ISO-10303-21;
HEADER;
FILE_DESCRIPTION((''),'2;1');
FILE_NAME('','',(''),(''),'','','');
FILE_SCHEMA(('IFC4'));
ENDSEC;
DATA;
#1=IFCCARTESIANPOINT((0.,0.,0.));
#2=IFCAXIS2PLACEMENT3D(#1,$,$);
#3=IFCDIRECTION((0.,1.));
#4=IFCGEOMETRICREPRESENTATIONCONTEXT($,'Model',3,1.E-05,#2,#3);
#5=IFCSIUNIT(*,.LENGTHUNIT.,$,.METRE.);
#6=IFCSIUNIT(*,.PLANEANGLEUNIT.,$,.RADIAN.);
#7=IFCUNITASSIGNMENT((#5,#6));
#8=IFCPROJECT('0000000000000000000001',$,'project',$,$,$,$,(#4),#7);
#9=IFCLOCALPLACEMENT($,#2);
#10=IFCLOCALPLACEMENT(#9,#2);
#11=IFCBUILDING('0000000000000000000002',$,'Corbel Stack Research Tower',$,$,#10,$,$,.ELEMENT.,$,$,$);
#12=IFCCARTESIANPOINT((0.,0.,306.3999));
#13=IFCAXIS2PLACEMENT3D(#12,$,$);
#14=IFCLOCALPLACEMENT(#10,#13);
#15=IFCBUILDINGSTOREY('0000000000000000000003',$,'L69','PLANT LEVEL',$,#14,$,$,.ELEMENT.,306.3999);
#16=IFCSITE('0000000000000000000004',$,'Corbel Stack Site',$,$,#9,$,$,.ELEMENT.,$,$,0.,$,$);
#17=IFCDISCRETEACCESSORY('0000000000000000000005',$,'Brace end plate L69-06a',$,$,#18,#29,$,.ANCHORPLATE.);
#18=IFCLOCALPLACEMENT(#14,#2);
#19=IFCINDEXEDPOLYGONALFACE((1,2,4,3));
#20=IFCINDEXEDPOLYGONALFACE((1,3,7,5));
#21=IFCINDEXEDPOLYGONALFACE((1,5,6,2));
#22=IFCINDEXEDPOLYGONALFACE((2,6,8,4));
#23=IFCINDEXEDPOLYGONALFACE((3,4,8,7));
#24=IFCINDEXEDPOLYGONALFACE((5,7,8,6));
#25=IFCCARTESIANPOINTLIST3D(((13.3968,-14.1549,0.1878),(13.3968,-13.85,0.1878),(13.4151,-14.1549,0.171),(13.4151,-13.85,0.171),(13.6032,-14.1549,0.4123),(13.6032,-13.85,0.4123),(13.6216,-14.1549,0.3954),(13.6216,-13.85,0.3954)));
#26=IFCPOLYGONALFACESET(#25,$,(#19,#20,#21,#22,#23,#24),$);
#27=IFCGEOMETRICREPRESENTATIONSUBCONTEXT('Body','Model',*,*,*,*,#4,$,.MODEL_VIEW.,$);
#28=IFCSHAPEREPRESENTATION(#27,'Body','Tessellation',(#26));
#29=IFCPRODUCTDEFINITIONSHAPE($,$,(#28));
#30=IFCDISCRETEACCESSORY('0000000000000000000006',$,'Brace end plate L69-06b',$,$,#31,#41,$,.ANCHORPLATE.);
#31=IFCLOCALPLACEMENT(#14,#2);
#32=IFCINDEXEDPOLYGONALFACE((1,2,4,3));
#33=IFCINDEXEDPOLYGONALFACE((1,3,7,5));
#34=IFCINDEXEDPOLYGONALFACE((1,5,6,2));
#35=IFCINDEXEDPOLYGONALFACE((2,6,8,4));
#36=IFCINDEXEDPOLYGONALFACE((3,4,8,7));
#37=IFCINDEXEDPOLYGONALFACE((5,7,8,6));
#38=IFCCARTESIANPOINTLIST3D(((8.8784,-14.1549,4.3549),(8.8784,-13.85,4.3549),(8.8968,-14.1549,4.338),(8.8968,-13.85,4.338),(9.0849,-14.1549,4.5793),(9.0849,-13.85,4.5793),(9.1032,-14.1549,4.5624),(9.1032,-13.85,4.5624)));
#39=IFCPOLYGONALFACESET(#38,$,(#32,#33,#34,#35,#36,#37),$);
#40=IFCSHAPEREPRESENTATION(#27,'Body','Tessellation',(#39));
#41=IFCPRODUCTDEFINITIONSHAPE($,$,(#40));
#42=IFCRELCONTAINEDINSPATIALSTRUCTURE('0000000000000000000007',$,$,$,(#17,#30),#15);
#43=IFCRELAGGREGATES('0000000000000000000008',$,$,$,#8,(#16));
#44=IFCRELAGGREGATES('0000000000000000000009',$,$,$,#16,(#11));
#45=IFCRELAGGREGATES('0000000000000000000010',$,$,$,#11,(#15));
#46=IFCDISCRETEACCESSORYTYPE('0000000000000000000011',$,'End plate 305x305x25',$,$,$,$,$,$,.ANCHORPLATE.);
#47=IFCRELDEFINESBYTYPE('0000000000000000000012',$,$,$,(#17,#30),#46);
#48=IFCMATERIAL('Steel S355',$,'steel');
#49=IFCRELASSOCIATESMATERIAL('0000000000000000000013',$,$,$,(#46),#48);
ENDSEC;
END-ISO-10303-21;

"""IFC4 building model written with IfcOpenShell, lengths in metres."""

from ifc_helpers import new_model, si_unit, direction, frame, origin, origin_2d, place, context, subcontext, project, spatial, rectangle, extrude, material, material_profile, profile_set, type_object, element, save


model = new_model("IFC4")

# Units and contexts
model_context = context("Model", 3, precision=1e-05, world=origin(), true_north=direction((0.0, 1.0)))
body_context = subcontext(model_context, "Body", "Model", "MODEL_VIEW")
ifc_project = project(units=[si_unit("LENGTHUNIT", "METRE"), si_unit("PLANEANGLEUNIT", "RADIAN")], contexts=[model_context])

# Site, building, storey
site_placement = place(None, origin())
site = spatial("IfcSite", under=ifc_project, at=site_placement, Name="Corbel Stack Site", CompositionType="ELEMENT", RefElevation=0.0)
building_placement = place(site_placement, origin())
building = spatial("IfcBuilding", under=site, at=building_placement, Name="Corbel Stack Research Tower", CompositionType="ELEMENT")
storey_placement = place(building_placement, frame((0.0, 0.0, 306.3999)))
storey = spatial("IfcBuildingStorey", under=building, at=storey_placement, Name="L69", Description="PLANT LEVEL", CompositionType="ELEMENT", Elevation=306.3999)

# Discrete accessories
ifc_material_1 = material(Name="Steel S355", Category="steel")
ifc_material_profile_1 = material_profile(ifc_material_1, rectangle(XDim=0.3049, YDim=0.3049, at=origin_2d()), Name="End plate 305x305x25")
ifc_profile_set_1 = profile_set([ifc_material_profile_1], Name="Steel S355")
discrete_accessory_type = type_object("IfcDiscreteAccessoryType", Name="End plate 305x305x25", PredefinedType="ANCHORPLATE", material=ifc_profile_set_1)
for number, where, z_axis, x_axis, name in (
    (1, (13.5, -14.0024, 0.3), (0.735931, 0.0, -0.677057), (0.0, 1.0, 0.0), "Brace end plate L69-06a"),
    (2, (9.0, -14.0024, 4.4502), (-0.735931, 0.0, 0.677057), (0.0, -1.0, 0.0), "Brace end plate L69-06b"),
):
    element("IfcDiscreteAccessory", number, at=place(storey_placement, frame(where, z_axis=z_axis, x_axis=x_axis)), inside=storey, type_object=discrete_accessory_type, Name=name, PredefinedType="ANCHORPLATE", context=body_context, shape_type="SweptSolid", body=[
        extrude(rectangle(XDim=0.3049, YDim=0.3049, at=origin_2d()), origin(), (0.0, 0.0, 1.0), 0.0249),
    ])

save(model, "model.ifc")
